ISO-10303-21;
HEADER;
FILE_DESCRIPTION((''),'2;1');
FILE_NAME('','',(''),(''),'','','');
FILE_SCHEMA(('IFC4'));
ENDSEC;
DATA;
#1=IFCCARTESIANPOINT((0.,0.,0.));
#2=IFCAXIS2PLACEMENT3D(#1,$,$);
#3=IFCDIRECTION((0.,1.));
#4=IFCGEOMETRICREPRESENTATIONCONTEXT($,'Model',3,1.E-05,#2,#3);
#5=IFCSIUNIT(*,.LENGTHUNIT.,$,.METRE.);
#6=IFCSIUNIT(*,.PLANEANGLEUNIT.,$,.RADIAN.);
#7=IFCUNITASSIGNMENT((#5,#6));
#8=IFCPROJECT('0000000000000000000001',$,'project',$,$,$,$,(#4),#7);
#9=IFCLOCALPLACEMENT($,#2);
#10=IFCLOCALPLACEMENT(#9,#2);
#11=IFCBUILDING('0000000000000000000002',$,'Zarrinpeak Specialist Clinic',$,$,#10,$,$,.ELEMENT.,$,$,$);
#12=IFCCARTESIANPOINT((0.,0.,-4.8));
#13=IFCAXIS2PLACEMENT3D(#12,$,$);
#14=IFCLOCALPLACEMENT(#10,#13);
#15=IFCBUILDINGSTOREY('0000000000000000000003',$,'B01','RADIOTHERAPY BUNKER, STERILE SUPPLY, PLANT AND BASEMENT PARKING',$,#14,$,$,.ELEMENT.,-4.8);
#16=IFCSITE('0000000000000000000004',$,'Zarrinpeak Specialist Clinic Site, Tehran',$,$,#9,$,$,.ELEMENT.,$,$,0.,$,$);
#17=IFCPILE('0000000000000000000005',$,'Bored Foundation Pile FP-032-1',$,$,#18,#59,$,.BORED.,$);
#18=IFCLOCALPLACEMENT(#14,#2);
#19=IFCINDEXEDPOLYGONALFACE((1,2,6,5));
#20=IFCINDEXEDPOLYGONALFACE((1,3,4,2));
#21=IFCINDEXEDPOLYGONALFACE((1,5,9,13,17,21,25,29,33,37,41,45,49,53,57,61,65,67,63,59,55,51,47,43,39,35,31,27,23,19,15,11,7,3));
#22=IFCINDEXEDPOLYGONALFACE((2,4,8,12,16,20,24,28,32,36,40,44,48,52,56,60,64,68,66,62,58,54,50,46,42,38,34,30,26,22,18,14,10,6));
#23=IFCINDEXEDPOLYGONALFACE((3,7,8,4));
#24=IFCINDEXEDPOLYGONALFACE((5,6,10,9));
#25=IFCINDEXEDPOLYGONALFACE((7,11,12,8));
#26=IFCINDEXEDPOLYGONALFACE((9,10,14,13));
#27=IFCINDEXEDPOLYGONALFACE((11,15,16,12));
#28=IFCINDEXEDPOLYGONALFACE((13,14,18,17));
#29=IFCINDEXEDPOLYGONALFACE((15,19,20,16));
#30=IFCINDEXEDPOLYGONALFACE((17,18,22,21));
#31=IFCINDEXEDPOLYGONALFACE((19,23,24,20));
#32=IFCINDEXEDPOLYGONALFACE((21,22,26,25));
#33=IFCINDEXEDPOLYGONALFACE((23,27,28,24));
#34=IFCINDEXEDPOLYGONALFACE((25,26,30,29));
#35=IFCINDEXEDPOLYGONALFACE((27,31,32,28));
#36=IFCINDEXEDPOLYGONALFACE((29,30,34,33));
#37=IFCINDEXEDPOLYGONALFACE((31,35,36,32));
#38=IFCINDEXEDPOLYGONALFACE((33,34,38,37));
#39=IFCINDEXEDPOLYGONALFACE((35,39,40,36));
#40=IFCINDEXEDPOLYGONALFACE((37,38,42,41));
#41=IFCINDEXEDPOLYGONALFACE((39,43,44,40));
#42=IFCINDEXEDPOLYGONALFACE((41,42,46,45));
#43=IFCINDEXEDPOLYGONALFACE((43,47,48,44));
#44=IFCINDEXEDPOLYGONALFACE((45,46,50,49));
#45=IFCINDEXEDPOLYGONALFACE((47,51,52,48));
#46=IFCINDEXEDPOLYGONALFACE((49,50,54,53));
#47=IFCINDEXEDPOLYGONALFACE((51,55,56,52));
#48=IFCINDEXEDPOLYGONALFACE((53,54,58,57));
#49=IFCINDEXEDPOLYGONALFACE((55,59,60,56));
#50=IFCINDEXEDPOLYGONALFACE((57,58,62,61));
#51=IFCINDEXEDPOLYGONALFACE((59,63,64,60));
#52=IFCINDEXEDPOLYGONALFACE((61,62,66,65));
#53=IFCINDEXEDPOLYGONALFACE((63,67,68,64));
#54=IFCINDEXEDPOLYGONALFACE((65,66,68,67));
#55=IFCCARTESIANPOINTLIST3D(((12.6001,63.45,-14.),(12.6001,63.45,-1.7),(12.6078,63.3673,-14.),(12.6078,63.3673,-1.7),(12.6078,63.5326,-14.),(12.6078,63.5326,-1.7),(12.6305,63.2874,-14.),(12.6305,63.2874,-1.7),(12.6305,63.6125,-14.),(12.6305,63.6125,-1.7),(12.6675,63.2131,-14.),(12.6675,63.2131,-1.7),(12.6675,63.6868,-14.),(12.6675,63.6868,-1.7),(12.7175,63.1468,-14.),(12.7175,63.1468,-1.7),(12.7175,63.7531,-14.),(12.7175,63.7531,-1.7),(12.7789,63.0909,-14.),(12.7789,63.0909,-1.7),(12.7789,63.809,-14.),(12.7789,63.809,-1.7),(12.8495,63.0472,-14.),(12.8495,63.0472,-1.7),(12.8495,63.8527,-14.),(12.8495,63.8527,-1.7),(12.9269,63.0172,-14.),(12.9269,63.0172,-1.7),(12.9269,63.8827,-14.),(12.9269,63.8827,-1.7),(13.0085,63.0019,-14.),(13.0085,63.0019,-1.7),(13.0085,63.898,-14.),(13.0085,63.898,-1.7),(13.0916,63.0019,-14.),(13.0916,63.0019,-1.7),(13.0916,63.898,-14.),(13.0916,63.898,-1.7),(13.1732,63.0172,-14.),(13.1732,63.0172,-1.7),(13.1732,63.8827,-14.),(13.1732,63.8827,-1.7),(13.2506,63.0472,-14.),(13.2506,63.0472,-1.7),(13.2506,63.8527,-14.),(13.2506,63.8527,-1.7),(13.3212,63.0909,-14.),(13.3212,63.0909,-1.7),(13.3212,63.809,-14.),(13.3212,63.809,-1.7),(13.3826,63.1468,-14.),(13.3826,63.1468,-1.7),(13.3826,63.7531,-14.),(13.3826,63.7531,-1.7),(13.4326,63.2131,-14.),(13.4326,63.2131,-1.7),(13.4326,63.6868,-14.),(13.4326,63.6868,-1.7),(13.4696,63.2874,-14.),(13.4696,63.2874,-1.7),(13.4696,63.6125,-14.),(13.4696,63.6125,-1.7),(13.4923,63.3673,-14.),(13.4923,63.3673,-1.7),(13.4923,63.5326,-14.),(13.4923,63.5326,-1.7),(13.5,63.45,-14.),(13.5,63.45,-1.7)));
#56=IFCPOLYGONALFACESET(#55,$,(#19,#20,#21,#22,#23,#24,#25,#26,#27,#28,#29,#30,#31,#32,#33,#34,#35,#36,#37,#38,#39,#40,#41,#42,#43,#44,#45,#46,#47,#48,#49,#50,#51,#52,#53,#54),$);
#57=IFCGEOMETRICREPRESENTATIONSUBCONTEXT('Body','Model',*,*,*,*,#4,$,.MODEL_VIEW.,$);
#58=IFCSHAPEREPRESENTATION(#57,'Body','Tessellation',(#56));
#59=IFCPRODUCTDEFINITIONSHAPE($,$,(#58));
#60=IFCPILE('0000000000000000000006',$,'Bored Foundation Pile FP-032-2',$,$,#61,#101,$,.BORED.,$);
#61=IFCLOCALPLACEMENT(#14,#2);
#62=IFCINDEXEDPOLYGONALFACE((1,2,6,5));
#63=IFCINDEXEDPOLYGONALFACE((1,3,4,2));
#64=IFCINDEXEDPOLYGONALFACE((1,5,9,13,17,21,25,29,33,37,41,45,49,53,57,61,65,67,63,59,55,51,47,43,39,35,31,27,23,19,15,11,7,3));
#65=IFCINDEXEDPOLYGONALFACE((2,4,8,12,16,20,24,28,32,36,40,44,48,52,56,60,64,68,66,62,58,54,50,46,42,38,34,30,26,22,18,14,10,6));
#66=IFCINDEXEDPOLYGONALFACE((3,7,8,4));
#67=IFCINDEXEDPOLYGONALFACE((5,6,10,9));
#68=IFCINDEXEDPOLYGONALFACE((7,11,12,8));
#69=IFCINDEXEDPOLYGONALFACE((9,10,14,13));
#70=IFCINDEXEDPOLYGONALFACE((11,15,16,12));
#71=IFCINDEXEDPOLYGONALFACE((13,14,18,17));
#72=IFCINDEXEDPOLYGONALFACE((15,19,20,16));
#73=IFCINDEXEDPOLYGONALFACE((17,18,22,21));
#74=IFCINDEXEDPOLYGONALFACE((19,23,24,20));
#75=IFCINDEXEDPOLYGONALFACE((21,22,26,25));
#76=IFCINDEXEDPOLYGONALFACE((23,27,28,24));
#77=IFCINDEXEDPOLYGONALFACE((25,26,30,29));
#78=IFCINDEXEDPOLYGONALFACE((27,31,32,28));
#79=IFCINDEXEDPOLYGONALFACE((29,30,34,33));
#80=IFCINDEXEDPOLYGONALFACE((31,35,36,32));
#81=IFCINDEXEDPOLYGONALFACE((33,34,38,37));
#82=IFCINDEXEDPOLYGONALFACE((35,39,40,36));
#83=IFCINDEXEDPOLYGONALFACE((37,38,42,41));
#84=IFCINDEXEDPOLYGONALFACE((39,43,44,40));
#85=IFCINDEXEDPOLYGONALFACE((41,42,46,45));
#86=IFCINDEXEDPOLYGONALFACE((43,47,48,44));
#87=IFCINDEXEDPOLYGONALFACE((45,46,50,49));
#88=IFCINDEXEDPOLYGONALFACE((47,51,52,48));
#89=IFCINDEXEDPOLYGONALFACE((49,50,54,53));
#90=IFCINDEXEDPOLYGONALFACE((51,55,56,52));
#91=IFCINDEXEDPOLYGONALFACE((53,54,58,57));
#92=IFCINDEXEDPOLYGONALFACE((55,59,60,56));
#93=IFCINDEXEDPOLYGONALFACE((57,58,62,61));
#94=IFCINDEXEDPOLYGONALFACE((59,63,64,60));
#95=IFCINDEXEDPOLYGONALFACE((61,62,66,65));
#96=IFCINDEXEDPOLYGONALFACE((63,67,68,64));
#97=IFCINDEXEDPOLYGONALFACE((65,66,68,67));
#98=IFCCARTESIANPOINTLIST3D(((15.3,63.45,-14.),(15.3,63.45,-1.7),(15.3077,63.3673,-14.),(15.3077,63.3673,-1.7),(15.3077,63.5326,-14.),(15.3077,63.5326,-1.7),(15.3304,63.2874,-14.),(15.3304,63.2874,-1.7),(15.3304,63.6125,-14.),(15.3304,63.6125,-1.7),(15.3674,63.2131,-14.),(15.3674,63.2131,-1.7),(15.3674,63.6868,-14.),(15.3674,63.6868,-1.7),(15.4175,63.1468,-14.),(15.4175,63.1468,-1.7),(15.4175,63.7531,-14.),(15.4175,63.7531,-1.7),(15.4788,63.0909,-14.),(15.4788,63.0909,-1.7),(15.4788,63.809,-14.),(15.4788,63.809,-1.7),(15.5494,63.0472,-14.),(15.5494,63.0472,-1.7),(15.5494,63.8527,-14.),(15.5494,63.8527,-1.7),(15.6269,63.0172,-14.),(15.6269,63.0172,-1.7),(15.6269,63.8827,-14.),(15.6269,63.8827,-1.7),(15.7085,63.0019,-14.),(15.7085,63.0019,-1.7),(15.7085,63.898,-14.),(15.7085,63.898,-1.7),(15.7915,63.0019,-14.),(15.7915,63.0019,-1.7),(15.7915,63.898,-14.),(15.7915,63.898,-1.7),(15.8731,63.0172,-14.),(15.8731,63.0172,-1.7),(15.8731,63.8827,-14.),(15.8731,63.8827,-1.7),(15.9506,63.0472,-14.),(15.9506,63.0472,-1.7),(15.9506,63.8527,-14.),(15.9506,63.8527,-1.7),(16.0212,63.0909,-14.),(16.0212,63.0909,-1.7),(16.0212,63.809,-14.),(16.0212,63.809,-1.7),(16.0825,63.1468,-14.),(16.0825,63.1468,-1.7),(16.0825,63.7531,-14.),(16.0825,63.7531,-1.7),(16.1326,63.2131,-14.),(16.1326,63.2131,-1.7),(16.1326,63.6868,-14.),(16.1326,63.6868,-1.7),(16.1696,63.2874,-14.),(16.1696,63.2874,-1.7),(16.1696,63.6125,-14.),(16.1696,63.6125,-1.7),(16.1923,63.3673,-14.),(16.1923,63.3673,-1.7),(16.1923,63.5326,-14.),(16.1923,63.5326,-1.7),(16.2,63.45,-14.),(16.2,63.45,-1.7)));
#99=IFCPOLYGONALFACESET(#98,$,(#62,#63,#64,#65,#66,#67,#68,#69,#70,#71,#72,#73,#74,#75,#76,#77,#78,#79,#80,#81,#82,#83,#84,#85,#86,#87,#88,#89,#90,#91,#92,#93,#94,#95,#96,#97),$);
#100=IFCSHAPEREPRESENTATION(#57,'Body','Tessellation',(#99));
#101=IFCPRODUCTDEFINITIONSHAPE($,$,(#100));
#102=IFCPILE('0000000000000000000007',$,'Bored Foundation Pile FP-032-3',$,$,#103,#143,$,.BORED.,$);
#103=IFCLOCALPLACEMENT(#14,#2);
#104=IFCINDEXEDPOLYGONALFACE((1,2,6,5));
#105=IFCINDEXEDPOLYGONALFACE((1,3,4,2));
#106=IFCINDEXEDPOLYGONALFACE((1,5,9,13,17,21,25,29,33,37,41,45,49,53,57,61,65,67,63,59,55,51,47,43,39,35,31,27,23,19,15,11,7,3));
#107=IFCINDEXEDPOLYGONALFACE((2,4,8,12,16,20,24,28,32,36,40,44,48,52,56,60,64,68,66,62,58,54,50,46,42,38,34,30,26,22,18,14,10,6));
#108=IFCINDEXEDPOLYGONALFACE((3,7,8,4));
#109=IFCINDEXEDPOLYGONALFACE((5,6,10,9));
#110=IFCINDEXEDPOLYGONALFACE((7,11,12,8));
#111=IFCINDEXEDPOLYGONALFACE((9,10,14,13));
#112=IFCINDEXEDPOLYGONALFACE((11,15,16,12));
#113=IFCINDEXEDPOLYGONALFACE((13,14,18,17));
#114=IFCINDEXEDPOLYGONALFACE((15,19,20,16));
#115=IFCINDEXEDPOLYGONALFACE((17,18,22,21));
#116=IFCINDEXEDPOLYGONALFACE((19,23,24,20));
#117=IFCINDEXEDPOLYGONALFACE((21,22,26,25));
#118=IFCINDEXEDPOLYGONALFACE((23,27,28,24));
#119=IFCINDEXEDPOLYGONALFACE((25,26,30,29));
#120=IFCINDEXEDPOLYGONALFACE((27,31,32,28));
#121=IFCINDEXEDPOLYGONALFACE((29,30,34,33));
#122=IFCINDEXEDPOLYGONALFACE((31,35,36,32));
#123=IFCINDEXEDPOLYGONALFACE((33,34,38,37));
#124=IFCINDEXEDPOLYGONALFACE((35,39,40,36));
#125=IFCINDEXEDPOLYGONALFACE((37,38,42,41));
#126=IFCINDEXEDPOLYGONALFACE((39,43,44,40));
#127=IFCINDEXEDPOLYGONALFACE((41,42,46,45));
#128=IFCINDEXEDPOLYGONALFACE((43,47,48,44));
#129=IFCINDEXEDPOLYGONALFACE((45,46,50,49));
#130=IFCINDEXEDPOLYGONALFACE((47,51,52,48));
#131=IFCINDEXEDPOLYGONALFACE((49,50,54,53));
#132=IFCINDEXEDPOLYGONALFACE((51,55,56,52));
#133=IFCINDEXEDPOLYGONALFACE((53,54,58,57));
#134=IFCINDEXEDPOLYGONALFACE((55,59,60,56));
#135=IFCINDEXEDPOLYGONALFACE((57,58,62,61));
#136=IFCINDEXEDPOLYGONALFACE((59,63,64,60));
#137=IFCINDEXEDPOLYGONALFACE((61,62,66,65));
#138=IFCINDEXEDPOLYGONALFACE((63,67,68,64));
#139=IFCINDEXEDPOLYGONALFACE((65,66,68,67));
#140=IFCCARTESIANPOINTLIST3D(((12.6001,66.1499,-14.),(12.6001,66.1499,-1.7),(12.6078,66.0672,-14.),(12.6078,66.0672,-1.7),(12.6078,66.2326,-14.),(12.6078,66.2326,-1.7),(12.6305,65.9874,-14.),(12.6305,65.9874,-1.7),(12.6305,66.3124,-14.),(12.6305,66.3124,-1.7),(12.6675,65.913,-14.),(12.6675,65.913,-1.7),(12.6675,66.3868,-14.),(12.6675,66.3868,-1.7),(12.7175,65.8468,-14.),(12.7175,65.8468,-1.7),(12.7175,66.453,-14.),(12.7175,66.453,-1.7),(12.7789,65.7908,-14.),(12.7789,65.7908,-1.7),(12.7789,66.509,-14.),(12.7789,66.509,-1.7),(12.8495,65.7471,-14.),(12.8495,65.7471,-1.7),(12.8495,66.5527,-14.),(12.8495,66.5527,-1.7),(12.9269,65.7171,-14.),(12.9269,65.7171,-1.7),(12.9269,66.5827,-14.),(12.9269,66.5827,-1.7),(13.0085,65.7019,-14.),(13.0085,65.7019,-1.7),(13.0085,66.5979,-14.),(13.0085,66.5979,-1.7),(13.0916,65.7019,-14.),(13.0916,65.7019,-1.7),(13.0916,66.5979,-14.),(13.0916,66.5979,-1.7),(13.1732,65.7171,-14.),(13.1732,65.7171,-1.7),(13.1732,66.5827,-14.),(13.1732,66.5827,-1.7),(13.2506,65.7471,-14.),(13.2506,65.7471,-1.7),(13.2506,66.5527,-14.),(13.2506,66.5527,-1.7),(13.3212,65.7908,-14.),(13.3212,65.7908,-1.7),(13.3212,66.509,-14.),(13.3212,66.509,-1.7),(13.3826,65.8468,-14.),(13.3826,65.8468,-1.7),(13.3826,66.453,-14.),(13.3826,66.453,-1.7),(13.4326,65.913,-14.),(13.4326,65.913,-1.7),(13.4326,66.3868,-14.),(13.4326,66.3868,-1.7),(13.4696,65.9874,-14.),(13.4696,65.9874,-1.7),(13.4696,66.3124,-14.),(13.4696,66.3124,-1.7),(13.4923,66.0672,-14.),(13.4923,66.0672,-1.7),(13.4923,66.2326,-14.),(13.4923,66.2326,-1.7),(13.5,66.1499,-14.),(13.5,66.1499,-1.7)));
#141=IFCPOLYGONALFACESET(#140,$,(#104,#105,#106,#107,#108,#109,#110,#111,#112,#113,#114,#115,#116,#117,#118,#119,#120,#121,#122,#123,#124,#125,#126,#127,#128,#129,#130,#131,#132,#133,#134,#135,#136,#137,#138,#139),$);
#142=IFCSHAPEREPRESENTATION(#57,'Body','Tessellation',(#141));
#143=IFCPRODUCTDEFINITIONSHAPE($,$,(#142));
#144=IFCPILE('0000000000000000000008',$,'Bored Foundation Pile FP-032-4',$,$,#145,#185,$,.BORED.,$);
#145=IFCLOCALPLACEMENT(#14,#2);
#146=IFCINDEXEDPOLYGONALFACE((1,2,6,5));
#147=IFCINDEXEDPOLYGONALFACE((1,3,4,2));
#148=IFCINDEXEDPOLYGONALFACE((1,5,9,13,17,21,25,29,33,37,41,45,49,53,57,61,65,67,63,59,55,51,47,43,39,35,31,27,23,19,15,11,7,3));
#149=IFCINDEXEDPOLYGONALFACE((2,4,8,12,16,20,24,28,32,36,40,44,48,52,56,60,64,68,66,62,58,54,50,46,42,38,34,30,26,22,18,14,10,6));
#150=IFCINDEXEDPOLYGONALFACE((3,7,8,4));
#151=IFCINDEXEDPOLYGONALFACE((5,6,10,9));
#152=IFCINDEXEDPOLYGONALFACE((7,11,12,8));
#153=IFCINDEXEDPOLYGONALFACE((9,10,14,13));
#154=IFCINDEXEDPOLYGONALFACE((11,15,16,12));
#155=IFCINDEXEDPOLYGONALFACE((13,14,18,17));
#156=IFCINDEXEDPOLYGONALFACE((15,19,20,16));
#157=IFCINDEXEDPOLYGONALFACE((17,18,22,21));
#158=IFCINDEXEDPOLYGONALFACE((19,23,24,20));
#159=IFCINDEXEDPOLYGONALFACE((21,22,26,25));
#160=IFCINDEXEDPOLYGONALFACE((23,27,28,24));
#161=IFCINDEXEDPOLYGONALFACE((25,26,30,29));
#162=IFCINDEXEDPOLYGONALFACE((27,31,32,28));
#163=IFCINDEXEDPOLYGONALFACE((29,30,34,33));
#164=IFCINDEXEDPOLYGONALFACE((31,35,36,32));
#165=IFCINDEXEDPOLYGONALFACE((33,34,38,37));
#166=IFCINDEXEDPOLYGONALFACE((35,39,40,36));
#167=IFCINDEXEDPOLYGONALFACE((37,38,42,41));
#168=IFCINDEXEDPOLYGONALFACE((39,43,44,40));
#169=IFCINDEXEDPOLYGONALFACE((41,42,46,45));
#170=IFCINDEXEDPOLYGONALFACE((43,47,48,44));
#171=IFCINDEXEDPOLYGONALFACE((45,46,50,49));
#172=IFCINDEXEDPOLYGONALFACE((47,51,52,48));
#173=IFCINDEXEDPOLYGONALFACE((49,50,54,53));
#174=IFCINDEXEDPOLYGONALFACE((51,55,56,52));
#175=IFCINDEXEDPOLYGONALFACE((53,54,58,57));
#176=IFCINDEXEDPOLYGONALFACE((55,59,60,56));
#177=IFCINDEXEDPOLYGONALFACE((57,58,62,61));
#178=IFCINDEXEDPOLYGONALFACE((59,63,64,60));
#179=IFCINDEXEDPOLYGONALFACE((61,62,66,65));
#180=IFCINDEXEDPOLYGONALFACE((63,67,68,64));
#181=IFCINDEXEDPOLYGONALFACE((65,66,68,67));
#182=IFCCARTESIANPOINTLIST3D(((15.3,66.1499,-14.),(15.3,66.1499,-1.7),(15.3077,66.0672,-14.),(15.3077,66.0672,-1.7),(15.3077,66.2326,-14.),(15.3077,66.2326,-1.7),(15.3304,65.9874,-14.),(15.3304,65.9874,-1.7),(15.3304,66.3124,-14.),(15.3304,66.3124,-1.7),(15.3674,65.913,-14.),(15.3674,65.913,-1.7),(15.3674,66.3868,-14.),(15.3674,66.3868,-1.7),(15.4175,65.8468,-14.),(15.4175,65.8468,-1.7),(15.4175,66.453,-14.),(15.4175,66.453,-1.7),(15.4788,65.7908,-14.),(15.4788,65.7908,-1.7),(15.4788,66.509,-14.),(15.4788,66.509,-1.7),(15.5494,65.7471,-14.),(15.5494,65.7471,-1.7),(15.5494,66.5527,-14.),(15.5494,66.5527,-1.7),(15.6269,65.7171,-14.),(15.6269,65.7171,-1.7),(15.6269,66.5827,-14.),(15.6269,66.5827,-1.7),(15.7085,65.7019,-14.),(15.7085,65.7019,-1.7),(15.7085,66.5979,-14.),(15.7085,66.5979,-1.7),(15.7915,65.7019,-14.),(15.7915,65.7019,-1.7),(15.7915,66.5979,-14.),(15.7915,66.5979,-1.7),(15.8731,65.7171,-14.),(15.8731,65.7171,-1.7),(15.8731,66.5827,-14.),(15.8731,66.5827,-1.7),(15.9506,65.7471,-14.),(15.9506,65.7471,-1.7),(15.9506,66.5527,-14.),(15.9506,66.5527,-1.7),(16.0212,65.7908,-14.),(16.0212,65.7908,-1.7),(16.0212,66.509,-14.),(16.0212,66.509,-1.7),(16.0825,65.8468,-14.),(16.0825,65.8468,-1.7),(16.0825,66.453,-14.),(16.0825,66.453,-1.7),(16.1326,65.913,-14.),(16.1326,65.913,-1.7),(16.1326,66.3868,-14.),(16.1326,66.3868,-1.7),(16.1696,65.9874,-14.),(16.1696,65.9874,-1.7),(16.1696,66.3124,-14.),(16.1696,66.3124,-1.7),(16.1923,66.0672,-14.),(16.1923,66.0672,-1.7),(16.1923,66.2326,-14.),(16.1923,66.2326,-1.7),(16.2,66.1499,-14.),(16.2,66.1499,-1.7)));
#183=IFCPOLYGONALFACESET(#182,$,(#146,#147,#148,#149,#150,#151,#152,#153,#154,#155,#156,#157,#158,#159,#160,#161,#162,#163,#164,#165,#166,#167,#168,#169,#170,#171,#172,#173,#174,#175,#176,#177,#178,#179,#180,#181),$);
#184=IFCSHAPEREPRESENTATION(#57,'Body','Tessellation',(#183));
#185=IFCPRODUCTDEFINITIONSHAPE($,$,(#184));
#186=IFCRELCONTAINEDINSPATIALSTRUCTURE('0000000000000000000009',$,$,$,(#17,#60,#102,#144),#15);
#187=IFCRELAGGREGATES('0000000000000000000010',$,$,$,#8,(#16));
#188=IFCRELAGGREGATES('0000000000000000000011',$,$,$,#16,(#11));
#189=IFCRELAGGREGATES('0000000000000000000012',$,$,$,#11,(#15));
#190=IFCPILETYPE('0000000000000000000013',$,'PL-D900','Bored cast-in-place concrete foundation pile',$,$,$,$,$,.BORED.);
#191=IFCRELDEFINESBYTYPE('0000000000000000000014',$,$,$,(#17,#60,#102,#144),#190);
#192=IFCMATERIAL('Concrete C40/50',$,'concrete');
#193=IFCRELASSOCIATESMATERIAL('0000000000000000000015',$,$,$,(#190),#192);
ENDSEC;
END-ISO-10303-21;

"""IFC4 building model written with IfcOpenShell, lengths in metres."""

from ifc_helpers import new_model, si_unit, direction, frame, origin, origin_2d, place, context, subcontext, project, spatial, circle, extrude, material, material_profile, profile_set, type_object, element, save


model = new_model("IFC4")

# Units and contexts
model_context = context("Model", 3, precision=1e-05, world=origin(), true_north=direction((0.0, 1.0)))
body_context = subcontext(model_context, "Body", "Model", "MODEL_VIEW")
ifc_project = project(units=[si_unit("LENGTHUNIT", "METRE"), si_unit("PLANEANGLEUNIT", "RADIAN")], contexts=[model_context])

# Site, building, storey
site_placement = place(None, origin())
site = spatial("IfcSite", under=ifc_project, at=site_placement, Name="Zarrinpeak Specialist Clinic Site, Tehran", CompositionType="ELEMENT", RefElevation=0.0)
building_placement = place(site_placement, origin())
building = spatial("IfcBuilding", under=site, at=building_placement, Name="Zarrinpeak Specialist Clinic", CompositionType="ELEMENT")
storey_placement = place(building_placement, frame((0.0, 0.0, -4.8)))
storey = spatial("IfcBuildingStorey", under=building, at=storey_placement, Name="B01", Description="RADIOTHERAPY BUNKER, STERILE SUPPLY, PLANT AND BASEMENT PARKING", CompositionType="ELEMENT", Elevation=-4.8)

# Shared definitions
ifc_material_1 = material(Name="Concrete C40/50", Category="concrete")

# Piles
ifc_material_profile_1 = material_profile(ifc_material_1, circle(Radius=0.45, at=origin_2d()), Name="BORED PILE D900")
ifc_profile_set_1 = profile_set([ifc_material_profile_1], Name="Concrete C40/50")
pile_type = type_object("IfcPileType", Name="PL-D900", Description="Bored cast-in-place concrete foundation pile", PredefinedType="BORED", material=ifc_profile_set_1)
for number, where, z_axis, x_axis, name in (
    (1, (13.05, 63.45, -1.7), (0.0, 0.0, -1.0), (1.0, 0.0, 0.0), "Bored Foundation Pile FP-032-1"),
    (2, (15.75, 63.45, -1.7), (0.0, 0.0, -1.0), (1.0, 0.0, 0.0), "Bored Foundation Pile FP-032-2"),
    (3, (13.05, 66.1499, -1.7), (0.0, 0.0, -1.0), (1.0, 0.0, 0.0), "Bored Foundation Pile FP-032-3"),
    (4, (15.75, 66.1499, -1.7), (0.0, 0.0, -1.0), (1.0, 0.0, 0.0), "Bored Foundation Pile FP-032-4"),
):
    element("IfcPile", number, at=place(storey_placement, frame(where, z_axis=z_axis, x_axis=x_axis)), inside=storey, type_object=pile_type, Name=name, PredefinedType="BORED", context=body_context, shape_type="SweptSolid", body=[
        extrude(circle(Radius=0.45, at=origin_2d()), origin(), (0.0, 0.0, 1.0), 12.3),
    ])

save(model, "model.ifc")
